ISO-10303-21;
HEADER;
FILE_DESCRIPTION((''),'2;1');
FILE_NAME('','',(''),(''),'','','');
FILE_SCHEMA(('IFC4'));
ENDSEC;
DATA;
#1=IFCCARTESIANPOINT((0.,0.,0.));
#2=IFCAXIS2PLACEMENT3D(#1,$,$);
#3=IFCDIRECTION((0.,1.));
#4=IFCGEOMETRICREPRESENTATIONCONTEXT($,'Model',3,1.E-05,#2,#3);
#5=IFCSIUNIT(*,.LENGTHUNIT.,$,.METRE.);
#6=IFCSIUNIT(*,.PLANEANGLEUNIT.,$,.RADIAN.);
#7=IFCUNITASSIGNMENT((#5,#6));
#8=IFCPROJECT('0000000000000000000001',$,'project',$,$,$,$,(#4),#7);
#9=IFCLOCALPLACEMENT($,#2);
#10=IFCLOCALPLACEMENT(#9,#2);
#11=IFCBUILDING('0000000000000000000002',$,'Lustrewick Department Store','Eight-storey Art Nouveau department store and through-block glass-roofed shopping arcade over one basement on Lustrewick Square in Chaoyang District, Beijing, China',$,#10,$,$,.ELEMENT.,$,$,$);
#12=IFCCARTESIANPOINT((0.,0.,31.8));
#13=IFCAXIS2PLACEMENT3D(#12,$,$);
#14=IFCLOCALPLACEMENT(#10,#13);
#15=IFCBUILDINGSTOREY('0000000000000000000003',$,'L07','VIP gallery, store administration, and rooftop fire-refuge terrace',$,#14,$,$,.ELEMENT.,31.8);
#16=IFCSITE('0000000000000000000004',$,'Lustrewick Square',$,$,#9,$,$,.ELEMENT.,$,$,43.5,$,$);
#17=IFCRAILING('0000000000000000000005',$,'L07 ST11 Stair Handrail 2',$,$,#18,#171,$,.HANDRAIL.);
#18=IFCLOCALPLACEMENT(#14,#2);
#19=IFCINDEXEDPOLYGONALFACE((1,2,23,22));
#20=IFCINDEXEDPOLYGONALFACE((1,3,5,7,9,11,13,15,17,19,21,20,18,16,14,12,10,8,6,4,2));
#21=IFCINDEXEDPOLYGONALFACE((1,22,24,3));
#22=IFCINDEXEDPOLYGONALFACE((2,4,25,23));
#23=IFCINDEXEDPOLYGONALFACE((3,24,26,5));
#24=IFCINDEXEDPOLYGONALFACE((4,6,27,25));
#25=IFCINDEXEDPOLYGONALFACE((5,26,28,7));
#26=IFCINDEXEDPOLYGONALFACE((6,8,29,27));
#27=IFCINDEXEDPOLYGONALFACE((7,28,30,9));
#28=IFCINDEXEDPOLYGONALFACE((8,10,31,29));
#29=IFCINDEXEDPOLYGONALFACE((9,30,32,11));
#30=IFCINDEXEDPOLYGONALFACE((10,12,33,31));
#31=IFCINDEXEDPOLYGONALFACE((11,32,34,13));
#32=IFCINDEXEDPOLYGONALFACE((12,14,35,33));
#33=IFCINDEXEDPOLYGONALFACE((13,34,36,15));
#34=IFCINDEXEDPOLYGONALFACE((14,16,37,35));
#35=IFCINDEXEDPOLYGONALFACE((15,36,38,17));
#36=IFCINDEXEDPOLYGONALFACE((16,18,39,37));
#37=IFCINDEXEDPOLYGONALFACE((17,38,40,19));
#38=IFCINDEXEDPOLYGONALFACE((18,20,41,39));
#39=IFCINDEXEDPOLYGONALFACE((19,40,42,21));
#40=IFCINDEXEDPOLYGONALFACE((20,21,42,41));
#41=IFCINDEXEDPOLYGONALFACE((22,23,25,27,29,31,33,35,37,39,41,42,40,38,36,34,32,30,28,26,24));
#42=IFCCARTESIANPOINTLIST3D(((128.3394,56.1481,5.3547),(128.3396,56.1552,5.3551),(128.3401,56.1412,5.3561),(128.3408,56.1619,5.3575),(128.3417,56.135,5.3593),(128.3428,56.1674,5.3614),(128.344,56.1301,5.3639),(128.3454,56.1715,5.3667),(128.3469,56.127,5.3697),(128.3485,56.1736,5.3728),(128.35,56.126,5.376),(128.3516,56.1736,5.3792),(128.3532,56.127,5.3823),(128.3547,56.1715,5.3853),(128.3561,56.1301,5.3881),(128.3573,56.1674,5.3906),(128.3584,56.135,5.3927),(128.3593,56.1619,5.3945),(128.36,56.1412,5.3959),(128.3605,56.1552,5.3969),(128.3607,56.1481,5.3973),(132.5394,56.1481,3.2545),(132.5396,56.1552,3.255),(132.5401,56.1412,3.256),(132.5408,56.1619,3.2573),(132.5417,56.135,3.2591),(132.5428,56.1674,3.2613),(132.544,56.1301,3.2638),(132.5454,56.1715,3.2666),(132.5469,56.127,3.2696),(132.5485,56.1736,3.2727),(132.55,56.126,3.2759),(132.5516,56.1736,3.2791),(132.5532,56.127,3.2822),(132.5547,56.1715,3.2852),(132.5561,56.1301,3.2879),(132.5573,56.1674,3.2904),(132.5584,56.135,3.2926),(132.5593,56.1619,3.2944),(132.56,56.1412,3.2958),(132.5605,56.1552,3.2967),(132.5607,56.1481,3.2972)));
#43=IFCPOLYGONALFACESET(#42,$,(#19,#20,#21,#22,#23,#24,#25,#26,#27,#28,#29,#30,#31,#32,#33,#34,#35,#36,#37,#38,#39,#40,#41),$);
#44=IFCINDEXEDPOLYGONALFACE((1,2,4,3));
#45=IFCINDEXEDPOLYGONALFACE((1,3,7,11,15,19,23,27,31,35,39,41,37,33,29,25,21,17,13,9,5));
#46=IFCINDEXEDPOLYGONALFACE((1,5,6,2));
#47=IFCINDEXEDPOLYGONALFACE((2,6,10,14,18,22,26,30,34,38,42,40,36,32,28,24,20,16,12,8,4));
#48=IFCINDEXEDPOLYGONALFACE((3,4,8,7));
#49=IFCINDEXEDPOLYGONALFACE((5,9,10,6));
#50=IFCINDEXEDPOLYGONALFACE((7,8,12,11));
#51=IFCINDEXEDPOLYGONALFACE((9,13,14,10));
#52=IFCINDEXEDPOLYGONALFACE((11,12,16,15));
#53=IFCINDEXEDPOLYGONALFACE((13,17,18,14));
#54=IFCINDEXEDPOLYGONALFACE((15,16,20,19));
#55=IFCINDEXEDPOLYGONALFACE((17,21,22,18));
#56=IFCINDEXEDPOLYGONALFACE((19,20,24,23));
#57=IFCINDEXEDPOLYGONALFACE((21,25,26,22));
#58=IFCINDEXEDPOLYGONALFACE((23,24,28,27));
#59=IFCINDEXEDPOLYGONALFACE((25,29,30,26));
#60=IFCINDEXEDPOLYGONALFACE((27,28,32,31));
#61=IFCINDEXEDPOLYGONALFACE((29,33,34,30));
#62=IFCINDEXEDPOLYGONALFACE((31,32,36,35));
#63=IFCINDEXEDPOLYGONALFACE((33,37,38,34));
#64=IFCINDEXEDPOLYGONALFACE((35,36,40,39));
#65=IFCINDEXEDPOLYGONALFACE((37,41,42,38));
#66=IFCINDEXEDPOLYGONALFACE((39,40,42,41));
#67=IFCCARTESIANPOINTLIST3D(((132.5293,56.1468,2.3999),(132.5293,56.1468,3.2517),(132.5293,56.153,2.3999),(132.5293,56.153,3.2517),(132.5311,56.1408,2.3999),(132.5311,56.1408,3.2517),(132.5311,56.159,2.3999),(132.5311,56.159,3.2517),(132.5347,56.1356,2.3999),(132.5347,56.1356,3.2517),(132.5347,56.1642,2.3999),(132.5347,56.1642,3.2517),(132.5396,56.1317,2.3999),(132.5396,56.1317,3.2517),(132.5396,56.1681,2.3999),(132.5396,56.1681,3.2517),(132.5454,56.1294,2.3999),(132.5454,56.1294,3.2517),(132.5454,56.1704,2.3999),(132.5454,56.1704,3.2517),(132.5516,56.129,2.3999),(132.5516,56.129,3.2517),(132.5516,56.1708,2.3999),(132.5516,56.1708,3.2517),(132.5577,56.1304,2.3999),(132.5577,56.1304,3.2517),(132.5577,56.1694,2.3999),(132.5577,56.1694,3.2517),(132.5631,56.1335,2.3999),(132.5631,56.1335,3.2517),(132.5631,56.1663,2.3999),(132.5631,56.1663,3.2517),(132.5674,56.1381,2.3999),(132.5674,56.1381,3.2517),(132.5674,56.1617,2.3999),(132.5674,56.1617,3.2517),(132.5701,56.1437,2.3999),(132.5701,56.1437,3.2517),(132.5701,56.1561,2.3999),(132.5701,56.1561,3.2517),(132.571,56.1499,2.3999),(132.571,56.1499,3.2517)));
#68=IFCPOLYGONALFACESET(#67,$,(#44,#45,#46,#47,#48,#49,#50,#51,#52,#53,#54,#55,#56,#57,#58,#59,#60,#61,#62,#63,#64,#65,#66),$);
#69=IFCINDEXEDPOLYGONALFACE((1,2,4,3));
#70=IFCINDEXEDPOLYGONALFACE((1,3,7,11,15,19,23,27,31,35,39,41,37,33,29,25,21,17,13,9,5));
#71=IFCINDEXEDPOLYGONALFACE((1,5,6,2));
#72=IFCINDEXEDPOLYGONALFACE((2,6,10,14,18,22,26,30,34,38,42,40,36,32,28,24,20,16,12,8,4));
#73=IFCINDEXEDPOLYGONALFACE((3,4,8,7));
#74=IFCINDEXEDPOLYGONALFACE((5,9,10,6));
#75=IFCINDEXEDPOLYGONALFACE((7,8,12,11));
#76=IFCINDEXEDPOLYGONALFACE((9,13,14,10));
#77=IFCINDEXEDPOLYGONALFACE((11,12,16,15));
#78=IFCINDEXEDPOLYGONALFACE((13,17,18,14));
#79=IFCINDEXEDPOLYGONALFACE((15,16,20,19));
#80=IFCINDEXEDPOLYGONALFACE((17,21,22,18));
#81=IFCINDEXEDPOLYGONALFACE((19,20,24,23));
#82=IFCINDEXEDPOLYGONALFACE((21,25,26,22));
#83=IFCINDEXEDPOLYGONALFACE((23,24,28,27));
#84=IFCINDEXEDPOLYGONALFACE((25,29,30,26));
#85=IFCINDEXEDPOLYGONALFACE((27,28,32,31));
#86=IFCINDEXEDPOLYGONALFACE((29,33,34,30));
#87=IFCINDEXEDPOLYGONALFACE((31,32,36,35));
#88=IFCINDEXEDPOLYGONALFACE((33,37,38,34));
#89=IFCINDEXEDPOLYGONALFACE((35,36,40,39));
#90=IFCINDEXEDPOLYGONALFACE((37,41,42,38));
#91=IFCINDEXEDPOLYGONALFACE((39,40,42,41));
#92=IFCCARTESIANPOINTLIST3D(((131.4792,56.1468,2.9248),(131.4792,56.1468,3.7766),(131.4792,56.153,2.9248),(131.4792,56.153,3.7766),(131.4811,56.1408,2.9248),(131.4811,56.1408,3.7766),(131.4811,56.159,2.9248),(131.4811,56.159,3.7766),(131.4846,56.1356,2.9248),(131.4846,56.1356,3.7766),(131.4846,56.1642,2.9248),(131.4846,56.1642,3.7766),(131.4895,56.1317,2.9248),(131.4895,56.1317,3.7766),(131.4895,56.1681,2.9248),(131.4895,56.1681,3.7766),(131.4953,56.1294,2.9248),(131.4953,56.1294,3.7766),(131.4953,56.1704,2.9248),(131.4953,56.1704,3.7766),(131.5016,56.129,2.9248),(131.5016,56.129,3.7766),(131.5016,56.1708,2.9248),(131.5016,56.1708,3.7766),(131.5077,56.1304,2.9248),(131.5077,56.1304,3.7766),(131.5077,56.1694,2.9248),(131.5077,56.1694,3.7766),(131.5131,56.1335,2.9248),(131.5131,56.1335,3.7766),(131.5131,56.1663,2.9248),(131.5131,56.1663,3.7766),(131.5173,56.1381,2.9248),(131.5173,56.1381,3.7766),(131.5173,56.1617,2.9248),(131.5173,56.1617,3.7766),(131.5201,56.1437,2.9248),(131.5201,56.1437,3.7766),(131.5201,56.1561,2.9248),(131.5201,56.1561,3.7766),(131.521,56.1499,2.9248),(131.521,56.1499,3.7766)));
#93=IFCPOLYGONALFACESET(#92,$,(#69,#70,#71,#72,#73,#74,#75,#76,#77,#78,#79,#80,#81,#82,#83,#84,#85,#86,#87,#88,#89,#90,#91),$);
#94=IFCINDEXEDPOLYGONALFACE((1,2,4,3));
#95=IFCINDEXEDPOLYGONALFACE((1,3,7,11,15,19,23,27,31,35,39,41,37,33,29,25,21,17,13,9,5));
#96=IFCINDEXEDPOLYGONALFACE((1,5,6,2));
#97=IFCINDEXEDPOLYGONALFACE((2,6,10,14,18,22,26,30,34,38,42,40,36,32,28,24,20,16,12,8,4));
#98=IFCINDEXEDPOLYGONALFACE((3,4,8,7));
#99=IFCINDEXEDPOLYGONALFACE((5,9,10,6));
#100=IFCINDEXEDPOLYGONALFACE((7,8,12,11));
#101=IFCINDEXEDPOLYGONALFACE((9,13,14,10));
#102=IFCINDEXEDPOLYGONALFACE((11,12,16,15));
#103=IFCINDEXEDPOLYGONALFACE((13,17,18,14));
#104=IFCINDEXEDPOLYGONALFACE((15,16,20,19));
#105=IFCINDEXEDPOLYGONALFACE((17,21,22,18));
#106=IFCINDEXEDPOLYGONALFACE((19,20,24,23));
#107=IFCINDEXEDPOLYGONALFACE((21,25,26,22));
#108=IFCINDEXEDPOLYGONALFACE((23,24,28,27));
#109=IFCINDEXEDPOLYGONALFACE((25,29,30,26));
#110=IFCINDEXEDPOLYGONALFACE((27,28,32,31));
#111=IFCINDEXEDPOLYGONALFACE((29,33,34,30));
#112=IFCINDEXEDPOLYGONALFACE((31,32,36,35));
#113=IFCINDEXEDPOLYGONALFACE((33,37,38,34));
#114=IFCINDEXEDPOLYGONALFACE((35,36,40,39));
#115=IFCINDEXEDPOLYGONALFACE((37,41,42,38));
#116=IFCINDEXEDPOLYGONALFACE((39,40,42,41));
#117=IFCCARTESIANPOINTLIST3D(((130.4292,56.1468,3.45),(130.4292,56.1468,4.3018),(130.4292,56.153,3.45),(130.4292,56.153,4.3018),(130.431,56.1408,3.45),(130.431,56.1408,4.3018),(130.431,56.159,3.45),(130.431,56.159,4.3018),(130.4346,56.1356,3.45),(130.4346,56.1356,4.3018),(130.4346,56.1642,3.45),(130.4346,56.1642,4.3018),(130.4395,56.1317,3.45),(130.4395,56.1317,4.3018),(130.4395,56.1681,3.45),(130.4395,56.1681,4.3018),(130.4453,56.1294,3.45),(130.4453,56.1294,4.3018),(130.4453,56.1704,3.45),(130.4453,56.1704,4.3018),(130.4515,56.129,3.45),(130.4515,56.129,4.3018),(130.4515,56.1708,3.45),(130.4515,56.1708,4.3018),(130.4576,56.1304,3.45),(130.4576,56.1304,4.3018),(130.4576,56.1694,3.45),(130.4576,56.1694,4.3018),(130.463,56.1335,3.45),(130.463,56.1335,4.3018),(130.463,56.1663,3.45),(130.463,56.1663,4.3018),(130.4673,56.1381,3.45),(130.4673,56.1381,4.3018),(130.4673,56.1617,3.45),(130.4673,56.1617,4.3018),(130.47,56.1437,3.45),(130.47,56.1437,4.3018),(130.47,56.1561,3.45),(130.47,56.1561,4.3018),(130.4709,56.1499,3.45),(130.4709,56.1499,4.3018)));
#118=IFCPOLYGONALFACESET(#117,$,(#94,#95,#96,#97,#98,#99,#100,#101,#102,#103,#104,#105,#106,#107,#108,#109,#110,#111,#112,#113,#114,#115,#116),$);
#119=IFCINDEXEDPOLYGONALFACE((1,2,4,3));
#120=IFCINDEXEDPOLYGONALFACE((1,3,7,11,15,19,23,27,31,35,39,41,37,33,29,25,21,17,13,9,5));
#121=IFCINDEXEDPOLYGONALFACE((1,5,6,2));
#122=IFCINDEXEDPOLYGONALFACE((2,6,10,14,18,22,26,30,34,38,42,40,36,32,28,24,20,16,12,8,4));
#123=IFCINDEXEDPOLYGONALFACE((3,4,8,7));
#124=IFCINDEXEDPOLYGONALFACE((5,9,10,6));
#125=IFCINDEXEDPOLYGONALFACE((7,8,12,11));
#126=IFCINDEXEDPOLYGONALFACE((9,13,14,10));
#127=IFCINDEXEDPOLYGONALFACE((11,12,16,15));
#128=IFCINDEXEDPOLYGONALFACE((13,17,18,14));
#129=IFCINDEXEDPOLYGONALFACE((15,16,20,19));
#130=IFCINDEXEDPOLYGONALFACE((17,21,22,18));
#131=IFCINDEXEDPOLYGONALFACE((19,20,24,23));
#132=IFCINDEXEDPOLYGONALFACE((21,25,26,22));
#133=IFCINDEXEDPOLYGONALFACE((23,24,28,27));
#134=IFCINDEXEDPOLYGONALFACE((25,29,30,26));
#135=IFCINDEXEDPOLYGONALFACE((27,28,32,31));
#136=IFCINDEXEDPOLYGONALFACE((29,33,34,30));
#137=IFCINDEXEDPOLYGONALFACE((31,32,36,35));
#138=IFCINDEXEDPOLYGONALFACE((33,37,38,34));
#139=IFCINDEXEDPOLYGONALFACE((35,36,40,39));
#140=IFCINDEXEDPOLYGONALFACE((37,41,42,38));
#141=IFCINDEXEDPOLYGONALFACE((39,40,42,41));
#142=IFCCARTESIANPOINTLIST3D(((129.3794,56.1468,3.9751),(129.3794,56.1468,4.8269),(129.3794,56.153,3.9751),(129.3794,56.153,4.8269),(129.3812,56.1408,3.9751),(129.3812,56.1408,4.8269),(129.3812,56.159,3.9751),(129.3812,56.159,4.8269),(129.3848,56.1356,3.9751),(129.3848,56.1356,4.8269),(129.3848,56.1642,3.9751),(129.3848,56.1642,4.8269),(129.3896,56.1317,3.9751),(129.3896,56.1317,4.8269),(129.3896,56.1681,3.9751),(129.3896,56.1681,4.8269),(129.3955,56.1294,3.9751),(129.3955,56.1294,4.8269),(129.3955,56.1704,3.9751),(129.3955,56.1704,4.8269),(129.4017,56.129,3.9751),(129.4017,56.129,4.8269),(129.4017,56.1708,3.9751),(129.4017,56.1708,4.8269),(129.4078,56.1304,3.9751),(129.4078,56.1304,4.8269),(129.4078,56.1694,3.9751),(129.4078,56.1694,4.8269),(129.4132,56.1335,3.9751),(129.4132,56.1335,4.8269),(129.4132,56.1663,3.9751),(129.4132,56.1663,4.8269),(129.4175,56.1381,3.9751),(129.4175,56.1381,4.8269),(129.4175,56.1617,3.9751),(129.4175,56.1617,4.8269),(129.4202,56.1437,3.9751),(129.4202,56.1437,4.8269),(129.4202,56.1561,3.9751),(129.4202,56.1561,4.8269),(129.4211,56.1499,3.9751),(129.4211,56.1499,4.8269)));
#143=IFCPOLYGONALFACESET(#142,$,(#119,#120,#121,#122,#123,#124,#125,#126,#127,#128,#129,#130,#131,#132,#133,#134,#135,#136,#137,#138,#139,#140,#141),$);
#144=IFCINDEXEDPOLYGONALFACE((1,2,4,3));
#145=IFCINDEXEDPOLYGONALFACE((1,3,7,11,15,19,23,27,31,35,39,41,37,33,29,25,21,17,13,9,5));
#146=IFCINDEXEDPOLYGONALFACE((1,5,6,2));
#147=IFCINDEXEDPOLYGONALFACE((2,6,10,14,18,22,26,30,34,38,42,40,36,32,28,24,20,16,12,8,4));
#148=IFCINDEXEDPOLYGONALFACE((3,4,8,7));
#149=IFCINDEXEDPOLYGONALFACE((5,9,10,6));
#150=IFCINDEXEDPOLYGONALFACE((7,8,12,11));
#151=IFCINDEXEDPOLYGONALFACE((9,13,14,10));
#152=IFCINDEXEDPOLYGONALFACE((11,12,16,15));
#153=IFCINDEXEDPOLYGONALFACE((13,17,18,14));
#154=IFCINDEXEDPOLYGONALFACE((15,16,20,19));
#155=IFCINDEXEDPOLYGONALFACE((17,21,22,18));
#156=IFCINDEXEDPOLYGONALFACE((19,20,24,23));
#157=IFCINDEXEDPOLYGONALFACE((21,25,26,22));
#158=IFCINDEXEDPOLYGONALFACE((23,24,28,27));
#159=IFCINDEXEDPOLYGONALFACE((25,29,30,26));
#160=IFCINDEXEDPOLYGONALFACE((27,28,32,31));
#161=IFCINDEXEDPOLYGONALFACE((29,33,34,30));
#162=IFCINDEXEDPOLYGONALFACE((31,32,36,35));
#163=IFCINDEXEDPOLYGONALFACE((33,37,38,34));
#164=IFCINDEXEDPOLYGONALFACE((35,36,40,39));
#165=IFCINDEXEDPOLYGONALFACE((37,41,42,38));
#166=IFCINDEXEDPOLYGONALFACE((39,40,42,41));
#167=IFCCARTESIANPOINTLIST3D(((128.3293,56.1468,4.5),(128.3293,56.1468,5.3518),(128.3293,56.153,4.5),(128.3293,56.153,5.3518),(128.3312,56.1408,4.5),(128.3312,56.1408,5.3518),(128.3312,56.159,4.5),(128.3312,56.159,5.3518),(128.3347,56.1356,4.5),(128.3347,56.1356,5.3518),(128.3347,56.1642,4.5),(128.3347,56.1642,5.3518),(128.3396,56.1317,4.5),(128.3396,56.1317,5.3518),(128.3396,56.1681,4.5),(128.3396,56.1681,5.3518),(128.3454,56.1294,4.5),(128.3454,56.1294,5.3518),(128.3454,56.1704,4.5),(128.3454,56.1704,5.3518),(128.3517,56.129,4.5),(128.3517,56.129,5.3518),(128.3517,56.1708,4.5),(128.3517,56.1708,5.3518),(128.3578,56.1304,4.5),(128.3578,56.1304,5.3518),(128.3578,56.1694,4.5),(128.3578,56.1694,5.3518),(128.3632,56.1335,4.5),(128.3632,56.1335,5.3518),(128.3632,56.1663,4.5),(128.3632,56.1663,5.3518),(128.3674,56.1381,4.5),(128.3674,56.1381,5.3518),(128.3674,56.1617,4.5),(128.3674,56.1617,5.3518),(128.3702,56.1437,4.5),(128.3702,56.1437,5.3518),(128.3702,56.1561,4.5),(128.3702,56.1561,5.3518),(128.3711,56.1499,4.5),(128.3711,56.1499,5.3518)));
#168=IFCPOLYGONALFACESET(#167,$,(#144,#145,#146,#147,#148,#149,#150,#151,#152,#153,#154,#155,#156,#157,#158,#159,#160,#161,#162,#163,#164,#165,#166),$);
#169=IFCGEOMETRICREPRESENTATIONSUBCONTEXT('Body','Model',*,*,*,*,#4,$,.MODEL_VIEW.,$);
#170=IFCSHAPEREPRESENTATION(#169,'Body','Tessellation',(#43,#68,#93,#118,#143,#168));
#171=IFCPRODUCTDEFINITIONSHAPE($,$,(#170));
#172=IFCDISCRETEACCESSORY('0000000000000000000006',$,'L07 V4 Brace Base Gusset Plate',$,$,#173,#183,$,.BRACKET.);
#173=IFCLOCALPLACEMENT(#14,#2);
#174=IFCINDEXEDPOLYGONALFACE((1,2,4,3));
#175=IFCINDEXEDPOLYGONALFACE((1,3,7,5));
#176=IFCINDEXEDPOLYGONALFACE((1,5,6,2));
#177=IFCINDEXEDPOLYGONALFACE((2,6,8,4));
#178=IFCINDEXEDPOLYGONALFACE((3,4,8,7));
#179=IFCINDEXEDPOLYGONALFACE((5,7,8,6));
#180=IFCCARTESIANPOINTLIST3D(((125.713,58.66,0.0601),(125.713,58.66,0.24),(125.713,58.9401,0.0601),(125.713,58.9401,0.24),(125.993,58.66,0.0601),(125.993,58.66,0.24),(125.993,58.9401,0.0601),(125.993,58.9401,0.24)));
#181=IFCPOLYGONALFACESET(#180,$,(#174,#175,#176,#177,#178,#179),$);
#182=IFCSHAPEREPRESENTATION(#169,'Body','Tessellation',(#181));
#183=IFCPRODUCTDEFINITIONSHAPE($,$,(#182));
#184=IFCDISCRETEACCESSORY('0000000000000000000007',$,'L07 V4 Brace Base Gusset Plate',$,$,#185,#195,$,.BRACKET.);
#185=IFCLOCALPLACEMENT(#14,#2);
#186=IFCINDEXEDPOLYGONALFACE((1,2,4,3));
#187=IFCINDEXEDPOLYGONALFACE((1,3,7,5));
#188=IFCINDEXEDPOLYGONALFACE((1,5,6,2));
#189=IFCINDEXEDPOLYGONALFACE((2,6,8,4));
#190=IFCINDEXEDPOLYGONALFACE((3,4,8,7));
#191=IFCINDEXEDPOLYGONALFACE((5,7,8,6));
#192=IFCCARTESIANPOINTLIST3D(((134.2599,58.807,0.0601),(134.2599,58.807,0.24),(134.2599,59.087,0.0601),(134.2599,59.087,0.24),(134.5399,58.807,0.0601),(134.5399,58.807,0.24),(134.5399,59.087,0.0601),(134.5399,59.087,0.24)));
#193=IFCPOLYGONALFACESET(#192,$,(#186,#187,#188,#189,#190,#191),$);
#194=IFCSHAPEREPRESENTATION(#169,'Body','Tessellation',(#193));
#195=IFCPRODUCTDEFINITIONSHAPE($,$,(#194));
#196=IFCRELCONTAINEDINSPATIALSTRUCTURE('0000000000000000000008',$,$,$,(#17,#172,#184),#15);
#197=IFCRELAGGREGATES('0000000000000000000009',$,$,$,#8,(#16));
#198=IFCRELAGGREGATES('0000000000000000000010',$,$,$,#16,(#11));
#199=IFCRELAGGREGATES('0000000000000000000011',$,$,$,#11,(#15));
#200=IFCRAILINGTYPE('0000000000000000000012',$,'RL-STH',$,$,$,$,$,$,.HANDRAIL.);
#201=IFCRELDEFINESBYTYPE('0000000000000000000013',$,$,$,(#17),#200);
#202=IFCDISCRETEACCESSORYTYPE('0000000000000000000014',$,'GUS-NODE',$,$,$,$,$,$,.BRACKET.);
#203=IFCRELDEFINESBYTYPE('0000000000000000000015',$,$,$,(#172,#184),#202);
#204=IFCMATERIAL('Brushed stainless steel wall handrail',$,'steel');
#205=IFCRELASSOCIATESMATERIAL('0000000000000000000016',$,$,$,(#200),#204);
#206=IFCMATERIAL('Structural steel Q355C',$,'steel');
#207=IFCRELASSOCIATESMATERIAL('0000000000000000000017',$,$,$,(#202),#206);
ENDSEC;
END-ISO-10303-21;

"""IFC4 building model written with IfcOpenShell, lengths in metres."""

from ifc_helpers import new_model, si_unit, direction, frame, origin, origin_2d, place, context, subcontext, project, spatial, rectangle, circle, extrude, material, type_object, element, save


model = new_model("IFC4")

# Units and contexts
model_context = context("Model", 3, precision=1e-05, world=origin(), true_north=direction((0.0, 1.0)))
body_context = subcontext(model_context, "Body", "Model", "MODEL_VIEW")
ifc_project = project(units=[si_unit("LENGTHUNIT", "METRE"), si_unit("PLANEANGLEUNIT", "RADIAN")], contexts=[model_context])

# Site, building, storey
site_placement = place(None, origin())
site = spatial("IfcSite", under=ifc_project, at=site_placement, Name="Lustrewick Square", CompositionType="ELEMENT", RefElevation=43.5)
building_placement = place(site_placement, origin())
building = spatial("IfcBuilding", under=site, at=building_placement, Name="Lustrewick Department Store", Description="Eight-storey Art Nouveau department store and through-block glass-roofed shopping arcade over one basement on Lustrewick Square in Chaoyang District, Beijing, China", CompositionType="ELEMENT")
storey_placement = place(building_placement, frame((0.0, 0.0, 31.8)))
storey = spatial("IfcBuildingStorey", under=building, at=storey_placement, Name="L07", Description="VIP gallery, store administration, and rooftop fire-refuge terrace", CompositionType="ELEMENT", Elevation=31.8)

# Shared definitions
ifc_material_1 = material(Name="Structural steel Q355C", Category="steel")

# Railing
ifc_material_2 = material(Name="Brushed stainless steel wall handrail", Category="steel")
railing_type_1 = type_object("IfcRailingType", Name="RL-STH", PredefinedType="HANDRAIL", material=ifc_material_2)
railing_1_placement = place(storey_placement, frame((132.55, 56.1499, 2.3999)))
element("IfcRailing", 1, at=railing_1_placement, inside=storey, type_object=railing_type_1, Name="L07 ST11 Stair Handrail 2", PredefinedType="HANDRAIL", context=body_context, shape_type="SweptSolid", body=[
    extrude(circle(Radius=0.0239, at=origin_2d()), frame((0.0, 0.0, 0.876), z_axis=(-0.894417, 0.0, 0.447234), x_axis=(0.0, -1.0, 0.0)), (0.0, 0.0, 1.0), 4.6958),
    extrude(circle(Radius=0.021, at=origin_2d()), origin(), (0.0, 0.0, 1.0), 0.8518),
    extrude(circle(Radius=0.021, at=origin_2d()), frame((-1.05, 0.0, 0.5249)), (0.0, 0.0, 1.0), 0.8518),
    extrude(circle(Radius=0.021, at=origin_2d()), frame((-2.1001, 0.0, 1.05)), (0.0, 0.0, 1.0), 0.8518),
    extrude(circle(Radius=0.021, at=origin_2d()), frame((-3.1499, 0.0, 1.5752)), (0.0, 0.0, 1.0), 0.8518),
    extrude(circle(Radius=0.021, at=origin_2d()), frame((-4.2, 0.0, 2.1001)), (0.0, 0.0, 1.0), 0.8518),
])

# Discrete accessories
discrete_accessory_type = type_object("IfcDiscreteAccessoryType", Name="GUS-NODE", PredefinedType="BRACKET", material=ifc_material_1)
for number, where, z_axis, x_axis, name in (
    (2, (125.853, 58.8, 0.0601), (0.0, 0.0, 1.0), (1.0, 0.0, 0.0), "L07 V4 Brace Base Gusset Plate"),
    (3, (134.3999, 58.947, 0.0601), (0.0, 0.0, 1.0), (1.0, 0.0, 0.0), "L07 V4 Brace Base Gusset Plate"),
):
    element("IfcDiscreteAccessory", number, at=place(storey_placement, frame(where, z_axis=z_axis, x_axis=x_axis)), inside=storey, type_object=discrete_accessory_type, Name=name, PredefinedType="BRACKET", context=body_context, shape_type="SweptSolid", body=[
        extrude(rectangle(XDim=0.28, YDim=0.28, at=origin_2d()), origin(), (0.0, 0.0, 1.0), 0.1799),
    ])

save(model, "model.ifc")
